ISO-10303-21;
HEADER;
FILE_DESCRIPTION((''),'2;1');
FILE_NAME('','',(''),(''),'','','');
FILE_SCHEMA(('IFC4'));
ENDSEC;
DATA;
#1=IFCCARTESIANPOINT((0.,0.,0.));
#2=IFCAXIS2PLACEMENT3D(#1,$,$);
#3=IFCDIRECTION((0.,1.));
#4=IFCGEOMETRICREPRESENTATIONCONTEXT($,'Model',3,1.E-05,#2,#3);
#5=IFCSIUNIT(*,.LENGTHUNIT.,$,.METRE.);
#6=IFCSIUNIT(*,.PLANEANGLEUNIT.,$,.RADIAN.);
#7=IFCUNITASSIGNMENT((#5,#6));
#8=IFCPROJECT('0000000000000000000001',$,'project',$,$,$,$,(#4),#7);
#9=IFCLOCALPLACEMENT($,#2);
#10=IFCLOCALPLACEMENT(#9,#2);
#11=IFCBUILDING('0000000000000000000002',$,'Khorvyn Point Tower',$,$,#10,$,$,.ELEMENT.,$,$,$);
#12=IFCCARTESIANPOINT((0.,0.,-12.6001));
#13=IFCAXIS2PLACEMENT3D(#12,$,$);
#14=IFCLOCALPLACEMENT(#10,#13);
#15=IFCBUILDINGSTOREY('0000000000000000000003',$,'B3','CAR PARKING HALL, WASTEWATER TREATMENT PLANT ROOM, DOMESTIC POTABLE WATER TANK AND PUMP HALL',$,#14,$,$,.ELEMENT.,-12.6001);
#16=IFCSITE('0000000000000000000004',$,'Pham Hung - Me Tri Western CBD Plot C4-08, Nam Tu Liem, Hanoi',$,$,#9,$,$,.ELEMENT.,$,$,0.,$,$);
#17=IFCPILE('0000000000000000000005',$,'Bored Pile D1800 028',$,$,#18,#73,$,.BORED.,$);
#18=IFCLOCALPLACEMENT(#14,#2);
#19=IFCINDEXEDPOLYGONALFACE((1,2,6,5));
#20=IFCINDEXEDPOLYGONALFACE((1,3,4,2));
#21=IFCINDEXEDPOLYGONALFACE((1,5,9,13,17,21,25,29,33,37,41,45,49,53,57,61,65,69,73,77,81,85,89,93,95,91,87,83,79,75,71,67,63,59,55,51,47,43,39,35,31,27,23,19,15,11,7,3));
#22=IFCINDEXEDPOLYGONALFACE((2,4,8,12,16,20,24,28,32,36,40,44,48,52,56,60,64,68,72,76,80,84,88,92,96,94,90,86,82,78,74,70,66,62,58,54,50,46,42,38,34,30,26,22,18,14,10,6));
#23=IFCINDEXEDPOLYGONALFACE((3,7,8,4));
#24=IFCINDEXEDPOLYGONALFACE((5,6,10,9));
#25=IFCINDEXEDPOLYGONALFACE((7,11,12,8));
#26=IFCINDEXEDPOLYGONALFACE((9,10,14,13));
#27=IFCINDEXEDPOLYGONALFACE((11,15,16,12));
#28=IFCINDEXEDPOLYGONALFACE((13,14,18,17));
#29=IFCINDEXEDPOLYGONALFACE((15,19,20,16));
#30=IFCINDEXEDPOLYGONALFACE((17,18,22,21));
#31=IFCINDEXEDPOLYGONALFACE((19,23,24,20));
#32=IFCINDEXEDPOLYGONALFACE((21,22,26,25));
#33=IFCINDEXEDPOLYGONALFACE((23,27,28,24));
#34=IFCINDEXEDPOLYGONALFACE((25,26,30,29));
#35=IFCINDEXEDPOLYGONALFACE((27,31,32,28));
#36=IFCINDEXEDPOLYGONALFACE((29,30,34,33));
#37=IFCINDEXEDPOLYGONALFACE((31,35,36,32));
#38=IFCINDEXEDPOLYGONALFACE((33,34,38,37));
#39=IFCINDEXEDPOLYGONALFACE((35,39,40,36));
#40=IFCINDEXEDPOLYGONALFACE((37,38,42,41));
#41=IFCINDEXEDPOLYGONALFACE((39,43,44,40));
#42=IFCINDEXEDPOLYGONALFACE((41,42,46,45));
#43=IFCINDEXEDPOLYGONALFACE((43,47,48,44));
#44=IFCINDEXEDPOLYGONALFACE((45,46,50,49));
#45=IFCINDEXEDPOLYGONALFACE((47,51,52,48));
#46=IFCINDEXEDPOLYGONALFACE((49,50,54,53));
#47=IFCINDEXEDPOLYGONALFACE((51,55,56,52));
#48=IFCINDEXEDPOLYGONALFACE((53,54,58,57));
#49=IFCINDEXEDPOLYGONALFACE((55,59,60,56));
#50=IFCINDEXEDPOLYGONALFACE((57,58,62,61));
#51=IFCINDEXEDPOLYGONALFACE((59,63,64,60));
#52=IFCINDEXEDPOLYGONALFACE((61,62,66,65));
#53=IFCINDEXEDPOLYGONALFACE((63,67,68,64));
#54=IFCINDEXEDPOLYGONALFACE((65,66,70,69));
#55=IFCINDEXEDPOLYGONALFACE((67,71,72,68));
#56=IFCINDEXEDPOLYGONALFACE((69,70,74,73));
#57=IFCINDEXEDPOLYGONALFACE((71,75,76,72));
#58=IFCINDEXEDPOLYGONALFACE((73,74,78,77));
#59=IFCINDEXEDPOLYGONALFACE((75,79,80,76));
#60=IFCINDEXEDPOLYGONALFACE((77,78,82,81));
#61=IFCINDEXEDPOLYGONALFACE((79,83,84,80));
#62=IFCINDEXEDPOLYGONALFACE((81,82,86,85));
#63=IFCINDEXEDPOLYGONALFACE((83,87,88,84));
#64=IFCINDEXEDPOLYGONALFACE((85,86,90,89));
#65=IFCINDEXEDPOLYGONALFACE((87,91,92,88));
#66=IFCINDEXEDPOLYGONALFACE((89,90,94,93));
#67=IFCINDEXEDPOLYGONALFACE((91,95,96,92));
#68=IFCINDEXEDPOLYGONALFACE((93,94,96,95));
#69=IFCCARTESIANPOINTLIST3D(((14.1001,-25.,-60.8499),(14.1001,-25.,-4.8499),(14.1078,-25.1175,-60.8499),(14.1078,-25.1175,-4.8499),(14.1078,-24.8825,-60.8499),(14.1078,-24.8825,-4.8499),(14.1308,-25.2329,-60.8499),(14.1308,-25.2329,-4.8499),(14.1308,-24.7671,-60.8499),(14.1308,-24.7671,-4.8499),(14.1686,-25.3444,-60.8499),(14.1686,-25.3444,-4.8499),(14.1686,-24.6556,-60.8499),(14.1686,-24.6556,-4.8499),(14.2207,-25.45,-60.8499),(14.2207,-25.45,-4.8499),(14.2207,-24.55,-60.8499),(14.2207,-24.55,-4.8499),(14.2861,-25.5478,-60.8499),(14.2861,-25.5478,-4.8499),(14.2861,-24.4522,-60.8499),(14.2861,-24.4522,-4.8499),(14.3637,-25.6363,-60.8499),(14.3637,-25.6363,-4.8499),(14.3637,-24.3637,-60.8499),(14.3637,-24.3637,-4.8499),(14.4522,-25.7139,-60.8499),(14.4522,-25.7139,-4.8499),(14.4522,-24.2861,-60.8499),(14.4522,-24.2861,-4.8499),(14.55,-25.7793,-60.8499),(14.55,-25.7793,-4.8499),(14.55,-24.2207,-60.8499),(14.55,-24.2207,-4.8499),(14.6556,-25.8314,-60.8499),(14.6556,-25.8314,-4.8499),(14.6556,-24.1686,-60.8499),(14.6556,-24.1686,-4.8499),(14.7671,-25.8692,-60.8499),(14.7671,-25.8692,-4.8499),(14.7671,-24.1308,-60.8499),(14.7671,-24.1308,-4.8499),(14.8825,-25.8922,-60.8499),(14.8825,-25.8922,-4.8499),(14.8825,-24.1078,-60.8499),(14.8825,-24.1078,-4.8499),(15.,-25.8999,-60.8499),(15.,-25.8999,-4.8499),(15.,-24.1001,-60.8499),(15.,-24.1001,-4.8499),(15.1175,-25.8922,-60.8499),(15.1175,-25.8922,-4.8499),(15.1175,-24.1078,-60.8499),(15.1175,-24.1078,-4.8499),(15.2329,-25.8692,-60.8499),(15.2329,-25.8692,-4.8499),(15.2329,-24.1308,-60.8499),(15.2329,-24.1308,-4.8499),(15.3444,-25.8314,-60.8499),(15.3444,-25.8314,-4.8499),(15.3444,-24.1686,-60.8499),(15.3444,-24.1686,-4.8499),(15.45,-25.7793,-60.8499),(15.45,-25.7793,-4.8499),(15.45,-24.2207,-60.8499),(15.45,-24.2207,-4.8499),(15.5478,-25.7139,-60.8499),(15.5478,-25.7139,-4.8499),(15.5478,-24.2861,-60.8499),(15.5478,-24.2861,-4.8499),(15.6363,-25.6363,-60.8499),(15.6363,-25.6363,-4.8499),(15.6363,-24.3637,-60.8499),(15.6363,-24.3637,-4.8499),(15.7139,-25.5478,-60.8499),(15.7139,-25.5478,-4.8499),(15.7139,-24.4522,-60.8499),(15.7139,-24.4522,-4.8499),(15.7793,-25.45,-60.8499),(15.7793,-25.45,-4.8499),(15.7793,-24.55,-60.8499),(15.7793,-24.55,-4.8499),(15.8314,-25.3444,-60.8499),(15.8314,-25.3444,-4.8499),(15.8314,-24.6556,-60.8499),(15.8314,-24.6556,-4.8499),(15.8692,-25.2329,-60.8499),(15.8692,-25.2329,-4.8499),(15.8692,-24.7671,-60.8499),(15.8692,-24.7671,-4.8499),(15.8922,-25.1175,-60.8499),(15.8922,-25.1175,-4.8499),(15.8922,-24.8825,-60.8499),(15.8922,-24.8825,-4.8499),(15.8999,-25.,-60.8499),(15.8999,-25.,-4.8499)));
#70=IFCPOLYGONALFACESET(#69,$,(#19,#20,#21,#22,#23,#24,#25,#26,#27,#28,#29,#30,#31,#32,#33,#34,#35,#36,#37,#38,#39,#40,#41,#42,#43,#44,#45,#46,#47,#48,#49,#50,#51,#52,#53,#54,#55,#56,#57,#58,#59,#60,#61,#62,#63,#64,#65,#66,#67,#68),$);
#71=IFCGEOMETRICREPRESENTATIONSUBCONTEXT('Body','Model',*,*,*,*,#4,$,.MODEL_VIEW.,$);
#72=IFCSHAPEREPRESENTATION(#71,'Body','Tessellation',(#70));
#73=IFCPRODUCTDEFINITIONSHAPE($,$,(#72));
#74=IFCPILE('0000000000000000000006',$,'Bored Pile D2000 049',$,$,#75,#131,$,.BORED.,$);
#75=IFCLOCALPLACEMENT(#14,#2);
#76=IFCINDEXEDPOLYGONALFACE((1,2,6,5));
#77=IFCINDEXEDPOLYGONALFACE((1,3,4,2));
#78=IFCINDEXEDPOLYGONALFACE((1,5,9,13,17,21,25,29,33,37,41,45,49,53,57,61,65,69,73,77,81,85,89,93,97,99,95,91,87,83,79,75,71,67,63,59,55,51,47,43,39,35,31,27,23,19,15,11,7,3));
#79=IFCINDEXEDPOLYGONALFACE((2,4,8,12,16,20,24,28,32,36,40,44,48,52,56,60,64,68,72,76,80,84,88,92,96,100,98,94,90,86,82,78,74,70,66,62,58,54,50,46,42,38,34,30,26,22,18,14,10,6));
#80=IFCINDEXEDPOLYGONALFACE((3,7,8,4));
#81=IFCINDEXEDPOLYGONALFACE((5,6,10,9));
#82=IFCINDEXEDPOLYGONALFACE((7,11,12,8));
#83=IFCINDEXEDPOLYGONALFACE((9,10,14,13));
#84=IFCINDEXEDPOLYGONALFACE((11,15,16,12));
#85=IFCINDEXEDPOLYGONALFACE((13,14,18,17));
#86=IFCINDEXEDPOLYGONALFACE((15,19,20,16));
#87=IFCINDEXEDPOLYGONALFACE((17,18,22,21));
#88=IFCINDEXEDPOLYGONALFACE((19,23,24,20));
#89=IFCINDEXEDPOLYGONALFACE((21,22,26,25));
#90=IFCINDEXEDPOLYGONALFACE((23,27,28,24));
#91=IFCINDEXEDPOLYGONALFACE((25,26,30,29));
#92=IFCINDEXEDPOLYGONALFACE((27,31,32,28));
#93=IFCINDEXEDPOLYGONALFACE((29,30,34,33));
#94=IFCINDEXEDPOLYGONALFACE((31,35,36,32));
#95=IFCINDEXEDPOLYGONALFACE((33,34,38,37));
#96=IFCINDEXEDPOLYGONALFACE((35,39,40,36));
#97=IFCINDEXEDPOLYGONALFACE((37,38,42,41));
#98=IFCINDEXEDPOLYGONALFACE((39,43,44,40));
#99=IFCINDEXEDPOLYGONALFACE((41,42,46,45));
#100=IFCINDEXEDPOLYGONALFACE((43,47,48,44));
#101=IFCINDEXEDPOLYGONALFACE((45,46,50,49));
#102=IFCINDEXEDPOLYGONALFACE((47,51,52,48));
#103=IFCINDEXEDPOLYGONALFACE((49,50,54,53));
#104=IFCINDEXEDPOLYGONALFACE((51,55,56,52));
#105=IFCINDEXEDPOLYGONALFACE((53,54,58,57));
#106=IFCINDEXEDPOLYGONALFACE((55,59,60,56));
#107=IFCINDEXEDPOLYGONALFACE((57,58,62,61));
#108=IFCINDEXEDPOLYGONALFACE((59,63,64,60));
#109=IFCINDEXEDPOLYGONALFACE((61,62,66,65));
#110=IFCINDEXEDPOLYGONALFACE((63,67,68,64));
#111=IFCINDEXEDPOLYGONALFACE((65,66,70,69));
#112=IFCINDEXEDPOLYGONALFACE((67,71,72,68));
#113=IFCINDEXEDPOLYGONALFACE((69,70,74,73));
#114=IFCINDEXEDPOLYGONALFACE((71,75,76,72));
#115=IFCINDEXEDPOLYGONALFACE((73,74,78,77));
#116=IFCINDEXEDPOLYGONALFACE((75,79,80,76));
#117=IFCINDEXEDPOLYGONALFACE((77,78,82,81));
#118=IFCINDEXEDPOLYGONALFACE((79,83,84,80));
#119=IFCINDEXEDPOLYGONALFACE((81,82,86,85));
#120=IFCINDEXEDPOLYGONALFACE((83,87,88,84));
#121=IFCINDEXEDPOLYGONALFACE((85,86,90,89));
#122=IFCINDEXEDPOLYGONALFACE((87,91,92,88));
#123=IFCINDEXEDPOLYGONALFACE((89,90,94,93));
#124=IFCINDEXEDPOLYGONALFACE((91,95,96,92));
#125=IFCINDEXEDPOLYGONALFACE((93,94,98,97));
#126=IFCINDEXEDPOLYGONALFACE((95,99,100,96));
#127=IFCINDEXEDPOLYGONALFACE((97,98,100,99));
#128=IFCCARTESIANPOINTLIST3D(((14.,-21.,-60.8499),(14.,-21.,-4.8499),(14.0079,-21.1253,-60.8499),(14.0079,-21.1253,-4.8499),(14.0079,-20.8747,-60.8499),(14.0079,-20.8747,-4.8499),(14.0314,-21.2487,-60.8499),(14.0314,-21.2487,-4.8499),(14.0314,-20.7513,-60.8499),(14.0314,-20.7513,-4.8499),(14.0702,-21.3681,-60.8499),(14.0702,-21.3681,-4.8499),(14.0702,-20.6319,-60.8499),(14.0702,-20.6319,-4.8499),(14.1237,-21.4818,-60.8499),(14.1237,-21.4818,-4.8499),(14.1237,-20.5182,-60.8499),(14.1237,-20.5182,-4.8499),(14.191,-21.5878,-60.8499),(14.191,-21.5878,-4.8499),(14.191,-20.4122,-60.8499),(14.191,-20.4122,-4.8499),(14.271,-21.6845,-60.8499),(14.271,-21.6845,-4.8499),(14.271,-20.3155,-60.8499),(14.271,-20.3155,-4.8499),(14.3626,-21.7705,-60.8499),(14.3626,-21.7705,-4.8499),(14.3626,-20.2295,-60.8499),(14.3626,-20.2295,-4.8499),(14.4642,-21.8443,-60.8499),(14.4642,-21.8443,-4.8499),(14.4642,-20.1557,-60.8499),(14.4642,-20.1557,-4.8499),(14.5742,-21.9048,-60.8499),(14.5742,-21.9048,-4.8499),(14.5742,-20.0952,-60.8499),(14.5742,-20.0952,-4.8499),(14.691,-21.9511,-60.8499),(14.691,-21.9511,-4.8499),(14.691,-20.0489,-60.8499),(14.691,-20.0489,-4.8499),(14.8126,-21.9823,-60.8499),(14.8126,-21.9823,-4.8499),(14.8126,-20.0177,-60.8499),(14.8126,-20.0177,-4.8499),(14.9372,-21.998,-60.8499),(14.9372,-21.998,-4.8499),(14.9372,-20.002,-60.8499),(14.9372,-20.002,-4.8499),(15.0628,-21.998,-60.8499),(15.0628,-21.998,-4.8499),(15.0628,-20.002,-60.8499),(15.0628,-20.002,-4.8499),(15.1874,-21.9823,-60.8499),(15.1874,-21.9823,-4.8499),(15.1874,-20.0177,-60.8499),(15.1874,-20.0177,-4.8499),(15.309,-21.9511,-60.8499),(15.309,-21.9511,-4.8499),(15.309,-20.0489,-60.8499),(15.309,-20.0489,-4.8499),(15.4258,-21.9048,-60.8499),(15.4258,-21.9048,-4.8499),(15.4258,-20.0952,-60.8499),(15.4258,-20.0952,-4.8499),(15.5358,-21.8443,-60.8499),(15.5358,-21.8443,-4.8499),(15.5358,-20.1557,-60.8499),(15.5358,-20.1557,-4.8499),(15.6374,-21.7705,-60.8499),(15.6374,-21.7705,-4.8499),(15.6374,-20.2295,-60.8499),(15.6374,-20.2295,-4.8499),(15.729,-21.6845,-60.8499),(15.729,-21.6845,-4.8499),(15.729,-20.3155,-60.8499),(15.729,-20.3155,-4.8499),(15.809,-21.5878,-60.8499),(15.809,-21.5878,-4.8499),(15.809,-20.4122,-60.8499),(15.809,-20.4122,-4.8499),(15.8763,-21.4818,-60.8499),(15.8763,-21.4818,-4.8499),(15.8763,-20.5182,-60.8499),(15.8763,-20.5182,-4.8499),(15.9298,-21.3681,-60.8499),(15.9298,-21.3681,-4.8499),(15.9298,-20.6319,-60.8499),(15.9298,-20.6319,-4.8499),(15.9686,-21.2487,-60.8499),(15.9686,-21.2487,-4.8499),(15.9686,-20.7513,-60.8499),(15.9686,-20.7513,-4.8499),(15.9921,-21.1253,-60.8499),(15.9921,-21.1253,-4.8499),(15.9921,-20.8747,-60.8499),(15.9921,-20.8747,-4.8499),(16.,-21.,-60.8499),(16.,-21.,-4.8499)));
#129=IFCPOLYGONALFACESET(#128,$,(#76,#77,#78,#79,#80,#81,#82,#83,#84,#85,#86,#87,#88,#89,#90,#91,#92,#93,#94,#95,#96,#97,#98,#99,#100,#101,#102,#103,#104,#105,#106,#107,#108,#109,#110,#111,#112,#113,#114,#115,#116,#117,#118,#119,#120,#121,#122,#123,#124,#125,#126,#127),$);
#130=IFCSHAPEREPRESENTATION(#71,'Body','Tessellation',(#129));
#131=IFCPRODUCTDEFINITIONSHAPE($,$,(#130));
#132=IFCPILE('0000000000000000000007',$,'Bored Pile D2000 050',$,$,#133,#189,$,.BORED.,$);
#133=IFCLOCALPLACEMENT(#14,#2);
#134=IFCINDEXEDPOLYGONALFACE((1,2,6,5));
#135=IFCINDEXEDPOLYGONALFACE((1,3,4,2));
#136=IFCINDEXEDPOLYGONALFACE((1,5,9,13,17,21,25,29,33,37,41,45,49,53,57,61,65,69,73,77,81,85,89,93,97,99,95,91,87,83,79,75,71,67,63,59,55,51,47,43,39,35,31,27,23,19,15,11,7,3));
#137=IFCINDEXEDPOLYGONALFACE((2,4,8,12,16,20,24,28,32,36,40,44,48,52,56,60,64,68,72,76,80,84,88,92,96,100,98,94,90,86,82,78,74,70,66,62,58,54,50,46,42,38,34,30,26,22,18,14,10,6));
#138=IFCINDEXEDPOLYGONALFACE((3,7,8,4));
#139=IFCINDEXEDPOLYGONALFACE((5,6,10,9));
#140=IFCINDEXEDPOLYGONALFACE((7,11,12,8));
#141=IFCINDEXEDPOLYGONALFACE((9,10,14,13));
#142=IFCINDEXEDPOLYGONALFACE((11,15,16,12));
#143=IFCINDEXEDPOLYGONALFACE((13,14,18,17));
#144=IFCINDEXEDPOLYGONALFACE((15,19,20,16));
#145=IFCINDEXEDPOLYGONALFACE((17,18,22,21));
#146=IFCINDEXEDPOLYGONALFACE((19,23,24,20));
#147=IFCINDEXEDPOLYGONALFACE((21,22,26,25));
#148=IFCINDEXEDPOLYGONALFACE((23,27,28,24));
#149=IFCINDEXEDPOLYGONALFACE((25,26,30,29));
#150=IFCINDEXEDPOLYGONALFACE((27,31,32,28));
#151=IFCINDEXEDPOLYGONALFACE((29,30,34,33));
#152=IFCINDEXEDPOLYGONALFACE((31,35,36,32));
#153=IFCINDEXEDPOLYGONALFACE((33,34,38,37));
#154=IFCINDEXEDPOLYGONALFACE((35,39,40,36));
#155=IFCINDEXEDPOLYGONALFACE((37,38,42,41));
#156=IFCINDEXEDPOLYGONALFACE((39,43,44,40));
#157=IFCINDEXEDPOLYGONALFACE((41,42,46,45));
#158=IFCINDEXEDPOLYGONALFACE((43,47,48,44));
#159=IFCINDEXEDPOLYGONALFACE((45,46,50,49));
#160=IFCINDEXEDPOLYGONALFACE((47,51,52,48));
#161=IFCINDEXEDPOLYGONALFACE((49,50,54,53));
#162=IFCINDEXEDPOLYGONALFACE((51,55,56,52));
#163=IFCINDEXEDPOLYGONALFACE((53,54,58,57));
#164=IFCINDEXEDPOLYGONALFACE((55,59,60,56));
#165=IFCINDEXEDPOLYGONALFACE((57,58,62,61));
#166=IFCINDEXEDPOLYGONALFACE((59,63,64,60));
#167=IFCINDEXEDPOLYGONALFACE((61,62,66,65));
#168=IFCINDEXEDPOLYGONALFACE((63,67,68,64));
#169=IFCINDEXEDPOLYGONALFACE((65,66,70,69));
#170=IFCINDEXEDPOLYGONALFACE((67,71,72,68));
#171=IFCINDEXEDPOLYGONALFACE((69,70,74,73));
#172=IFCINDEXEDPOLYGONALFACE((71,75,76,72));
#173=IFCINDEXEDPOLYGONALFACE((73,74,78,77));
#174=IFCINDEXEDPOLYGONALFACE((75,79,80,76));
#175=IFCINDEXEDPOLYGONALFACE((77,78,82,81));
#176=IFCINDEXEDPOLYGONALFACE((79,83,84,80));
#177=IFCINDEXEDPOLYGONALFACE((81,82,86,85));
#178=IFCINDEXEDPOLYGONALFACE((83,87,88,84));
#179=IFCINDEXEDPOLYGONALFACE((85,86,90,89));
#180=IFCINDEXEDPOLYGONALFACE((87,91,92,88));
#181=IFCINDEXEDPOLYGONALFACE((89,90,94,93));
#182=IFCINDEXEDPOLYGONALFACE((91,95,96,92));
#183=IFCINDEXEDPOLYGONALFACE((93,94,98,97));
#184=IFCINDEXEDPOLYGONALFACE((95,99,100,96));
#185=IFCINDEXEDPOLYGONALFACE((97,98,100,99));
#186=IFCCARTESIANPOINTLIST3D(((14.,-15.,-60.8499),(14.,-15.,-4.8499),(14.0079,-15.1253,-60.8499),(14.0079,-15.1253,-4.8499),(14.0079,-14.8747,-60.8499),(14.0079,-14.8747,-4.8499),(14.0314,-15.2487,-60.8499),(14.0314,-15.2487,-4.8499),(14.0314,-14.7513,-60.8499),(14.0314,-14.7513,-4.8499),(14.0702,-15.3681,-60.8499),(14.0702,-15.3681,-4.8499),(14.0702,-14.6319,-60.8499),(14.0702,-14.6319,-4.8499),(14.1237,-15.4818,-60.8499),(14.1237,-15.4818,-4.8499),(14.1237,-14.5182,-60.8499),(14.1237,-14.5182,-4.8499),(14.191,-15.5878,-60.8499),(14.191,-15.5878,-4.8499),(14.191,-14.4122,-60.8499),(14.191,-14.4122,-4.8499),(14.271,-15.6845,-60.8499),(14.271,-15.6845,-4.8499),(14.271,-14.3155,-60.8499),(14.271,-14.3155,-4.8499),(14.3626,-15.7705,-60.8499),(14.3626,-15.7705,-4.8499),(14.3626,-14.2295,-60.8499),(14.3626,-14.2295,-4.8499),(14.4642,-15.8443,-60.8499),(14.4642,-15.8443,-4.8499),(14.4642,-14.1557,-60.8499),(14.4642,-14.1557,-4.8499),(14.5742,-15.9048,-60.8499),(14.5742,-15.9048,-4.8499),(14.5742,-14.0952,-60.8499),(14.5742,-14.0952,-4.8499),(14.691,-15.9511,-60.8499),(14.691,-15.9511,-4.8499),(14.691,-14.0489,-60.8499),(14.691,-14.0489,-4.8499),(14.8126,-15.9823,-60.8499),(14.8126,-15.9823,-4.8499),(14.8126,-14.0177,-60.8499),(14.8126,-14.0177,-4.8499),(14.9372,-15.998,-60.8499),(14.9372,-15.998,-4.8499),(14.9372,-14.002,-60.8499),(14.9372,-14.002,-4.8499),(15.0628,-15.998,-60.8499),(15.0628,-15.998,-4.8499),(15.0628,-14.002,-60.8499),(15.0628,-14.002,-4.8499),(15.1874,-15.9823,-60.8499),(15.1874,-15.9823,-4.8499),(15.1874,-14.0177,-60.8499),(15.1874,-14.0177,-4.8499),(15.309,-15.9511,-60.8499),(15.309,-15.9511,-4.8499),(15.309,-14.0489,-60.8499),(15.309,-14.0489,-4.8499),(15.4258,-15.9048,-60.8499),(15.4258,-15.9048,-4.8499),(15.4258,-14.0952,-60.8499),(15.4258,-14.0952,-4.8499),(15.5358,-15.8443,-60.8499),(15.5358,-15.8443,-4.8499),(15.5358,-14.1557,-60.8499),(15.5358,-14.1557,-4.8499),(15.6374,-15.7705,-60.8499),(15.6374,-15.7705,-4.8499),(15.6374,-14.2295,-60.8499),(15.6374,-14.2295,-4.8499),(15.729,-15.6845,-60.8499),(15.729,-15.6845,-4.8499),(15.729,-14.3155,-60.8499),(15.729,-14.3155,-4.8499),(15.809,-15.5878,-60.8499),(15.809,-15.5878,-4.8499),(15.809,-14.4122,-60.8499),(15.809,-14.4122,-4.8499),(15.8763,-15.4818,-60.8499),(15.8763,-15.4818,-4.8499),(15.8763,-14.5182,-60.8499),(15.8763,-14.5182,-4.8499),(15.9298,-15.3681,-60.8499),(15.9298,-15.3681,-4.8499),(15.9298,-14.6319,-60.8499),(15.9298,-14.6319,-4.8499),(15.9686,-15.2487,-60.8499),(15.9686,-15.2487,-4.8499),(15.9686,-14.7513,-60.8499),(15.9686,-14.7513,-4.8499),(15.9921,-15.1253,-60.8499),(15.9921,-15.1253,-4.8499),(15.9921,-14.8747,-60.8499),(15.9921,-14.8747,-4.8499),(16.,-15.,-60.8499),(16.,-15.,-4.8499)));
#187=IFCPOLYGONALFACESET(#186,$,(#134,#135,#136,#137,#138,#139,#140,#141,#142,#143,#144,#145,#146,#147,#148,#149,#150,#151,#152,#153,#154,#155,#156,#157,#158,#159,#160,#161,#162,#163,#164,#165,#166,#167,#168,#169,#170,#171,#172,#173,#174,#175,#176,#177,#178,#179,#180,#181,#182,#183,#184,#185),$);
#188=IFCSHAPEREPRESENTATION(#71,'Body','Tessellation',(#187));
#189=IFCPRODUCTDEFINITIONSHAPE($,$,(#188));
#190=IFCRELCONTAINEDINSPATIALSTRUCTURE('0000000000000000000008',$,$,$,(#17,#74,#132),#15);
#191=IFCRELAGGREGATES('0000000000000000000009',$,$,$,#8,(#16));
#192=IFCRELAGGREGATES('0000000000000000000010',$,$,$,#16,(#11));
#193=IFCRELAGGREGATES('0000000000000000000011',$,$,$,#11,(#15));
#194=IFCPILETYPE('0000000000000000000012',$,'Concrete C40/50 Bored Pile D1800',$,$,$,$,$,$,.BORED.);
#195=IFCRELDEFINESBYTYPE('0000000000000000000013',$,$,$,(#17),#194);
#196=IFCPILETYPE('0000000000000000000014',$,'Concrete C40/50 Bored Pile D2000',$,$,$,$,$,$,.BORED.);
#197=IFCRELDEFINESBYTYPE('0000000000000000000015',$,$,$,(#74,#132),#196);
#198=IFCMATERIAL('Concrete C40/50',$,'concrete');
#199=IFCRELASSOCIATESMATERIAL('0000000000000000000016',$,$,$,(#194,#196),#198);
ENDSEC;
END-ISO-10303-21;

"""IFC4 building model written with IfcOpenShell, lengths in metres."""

from ifc_helpers import new_model, si_unit, direction, frame, origin, origin_2d, place, context, subcontext, project, spatial, circle, extrude, material, material_profile, profile_set, type_object, element, save


model = new_model("IFC4")

# Units and contexts
model_context = context("Model", 3, precision=1e-05, world=origin(), true_north=direction((0.0, 1.0)))
body_context = subcontext(model_context, "Body", "Model", "MODEL_VIEW")
ifc_project = project(units=[si_unit("LENGTHUNIT", "METRE"), si_unit("PLANEANGLEUNIT", "RADIAN")], contexts=[model_context])

# Site, building, storey
site_placement = place(None, origin())
site = spatial("IfcSite", under=ifc_project, at=site_placement, Name="Pham Hung - Me Tri Western CBD Plot C4-08, Nam Tu Liem, Hanoi", CompositionType="ELEMENT", RefElevation=0.0)
building_placement = place(site_placement, origin())
building = spatial("IfcBuilding", under=site, at=building_placement, Name="Khorvyn Point Tower", CompositionType="ELEMENT")
storey_placement = place(building_placement, frame((0.0, 0.0, -12.6001)))
storey = spatial("IfcBuildingStorey", under=building, at=storey_placement, Name="B3", Description="CAR PARKING HALL, WASTEWATER TREATMENT PLANT ROOM, DOMESTIC POTABLE WATER TANK AND PUMP HALL", CompositionType="ELEMENT", Elevation=-12.6001)

# Piles
ifc_material_1 = material(Name="Concrete C40/50", Category="concrete")
ifc_material_profile_1 = material_profile(ifc_material_1, circle(Radius=0.8999, at=origin_2d()))
ifc_profile_set_1 = profile_set([ifc_material_profile_1], Name="Concrete C40/50 PILE-D1800")
pile_type_1 = type_object("IfcPileType", Name="Concrete C40/50 Bored Pile D1800", PredefinedType="BORED", material=ifc_profile_set_1)
pile_placement = place(storey_placement, frame((15.0, -25.0, -4.8499), z_axis=(0.0, 0.0, -1.0), x_axis=(1.0, 0.0, 0.0)))
element("IfcPile", 1, at=pile_placement, inside=storey, type_object=pile_type_1, Name="Bored Pile D1800 028", PredefinedType="BORED", context=body_context, shape_type="SweptSolid", body=[
    extrude(circle(Radius=0.8999, at=origin_2d()), origin(), (0.0, 0.0, 1.0), 56.0),
])
ifc_material_profile_2 = material_profile(ifc_material_1, circle(Radius=1.0, at=origin_2d()))
ifc_profile_set_2 = profile_set([ifc_material_profile_2], Name="Concrete C40/50 PILE-D2000")
pile_type_2 = type_object("IfcPileType", Name="Concrete C40/50 Bored Pile D2000", PredefinedType="BORED", material=ifc_profile_set_2)
for number, where, z_axis, x_axis, name in (
    (2, (15.0, -21.0, -4.8499), (0.0, 0.0, -1.0), (1.0, 0.0, 0.0), "Bored Pile D2000 049"),
    (3, (15.0, -15.0, -4.8499), (0.0, 0.0, -1.0), (1.0, 0.0, 0.0), "Bored Pile D2000 050"),
):
    element("IfcPile", number, at=place(storey_placement, frame(where, z_axis=z_axis, x_axis=x_axis)), inside=storey, type_object=pile_type_2, Name=name, PredefinedType="BORED", context=body_context, shape_type="SweptSolid", body=[
        extrude(circle(Radius=1.0, at=origin_2d()), origin(), (0.0, 0.0, 1.0), 56.0),
    ])

save(model, "model.ifc")
